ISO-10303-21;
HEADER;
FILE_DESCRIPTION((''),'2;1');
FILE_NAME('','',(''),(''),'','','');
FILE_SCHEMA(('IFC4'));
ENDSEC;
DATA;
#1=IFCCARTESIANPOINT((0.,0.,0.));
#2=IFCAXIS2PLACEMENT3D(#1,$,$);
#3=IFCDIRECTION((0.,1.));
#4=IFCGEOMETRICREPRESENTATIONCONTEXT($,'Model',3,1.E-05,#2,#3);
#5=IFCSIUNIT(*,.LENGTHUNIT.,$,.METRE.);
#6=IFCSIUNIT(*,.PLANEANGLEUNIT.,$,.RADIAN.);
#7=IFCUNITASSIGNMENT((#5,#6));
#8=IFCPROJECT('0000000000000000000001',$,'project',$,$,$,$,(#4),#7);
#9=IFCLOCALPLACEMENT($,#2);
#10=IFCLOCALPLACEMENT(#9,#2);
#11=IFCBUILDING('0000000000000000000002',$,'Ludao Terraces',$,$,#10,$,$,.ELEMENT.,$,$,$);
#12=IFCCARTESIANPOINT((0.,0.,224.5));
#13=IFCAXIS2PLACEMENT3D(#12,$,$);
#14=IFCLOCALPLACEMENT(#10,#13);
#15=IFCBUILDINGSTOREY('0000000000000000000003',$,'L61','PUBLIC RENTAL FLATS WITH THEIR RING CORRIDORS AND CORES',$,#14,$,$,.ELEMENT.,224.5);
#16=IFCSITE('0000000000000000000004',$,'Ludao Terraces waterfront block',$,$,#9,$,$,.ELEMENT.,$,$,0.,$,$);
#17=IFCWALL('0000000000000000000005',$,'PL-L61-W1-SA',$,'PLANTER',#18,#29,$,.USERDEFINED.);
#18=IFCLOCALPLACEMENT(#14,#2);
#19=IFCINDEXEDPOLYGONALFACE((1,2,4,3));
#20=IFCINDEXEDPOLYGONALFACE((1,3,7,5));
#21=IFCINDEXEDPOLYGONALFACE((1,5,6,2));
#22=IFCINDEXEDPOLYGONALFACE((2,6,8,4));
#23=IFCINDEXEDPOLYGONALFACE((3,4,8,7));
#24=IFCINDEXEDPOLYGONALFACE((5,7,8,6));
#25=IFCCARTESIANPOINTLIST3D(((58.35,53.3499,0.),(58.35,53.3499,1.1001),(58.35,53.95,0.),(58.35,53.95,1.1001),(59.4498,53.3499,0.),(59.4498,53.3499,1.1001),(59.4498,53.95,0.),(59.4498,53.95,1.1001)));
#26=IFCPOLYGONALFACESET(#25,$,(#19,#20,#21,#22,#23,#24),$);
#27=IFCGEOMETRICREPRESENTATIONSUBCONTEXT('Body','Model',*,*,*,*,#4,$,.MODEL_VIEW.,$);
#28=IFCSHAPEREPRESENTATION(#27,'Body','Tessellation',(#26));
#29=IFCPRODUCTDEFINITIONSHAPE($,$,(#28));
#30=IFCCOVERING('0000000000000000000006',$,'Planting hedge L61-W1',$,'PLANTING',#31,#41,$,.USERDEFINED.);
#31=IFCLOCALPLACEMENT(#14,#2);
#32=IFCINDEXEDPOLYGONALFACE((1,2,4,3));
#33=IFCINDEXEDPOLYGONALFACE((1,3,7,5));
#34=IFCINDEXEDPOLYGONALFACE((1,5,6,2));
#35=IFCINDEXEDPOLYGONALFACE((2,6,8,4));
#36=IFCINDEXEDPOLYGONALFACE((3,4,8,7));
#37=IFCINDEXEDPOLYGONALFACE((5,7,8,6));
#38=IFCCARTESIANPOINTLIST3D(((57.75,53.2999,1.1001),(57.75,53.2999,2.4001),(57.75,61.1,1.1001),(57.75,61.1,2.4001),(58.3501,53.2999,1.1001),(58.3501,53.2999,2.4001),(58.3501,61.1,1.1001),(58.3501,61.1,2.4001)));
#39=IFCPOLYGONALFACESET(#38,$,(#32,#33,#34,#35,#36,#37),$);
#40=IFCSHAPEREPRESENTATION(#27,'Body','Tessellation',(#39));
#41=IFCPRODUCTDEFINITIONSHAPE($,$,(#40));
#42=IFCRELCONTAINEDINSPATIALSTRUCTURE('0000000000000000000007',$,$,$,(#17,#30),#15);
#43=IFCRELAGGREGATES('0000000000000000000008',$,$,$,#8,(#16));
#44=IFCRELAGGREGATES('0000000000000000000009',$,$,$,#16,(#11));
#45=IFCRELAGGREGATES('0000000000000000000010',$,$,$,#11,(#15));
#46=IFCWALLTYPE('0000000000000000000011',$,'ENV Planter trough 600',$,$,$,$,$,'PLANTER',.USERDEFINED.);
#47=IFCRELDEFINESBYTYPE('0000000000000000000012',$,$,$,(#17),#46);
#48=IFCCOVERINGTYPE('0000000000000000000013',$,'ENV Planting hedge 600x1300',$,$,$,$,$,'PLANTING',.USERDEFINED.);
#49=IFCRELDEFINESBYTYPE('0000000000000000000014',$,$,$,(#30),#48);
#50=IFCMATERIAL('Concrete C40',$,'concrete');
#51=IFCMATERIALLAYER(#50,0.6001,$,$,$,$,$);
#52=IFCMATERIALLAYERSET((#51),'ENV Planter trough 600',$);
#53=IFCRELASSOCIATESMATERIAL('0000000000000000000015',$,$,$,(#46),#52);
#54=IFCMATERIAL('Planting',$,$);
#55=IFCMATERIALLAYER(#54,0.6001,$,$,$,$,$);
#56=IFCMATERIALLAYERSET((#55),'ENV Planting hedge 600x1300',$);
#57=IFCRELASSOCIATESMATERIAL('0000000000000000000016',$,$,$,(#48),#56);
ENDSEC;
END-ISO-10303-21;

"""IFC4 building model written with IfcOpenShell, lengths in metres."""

from ifc_helpers import new_model, si_unit, direction, frame, frame_2d, origin, origin_2d, place, context, subcontext, project, spatial, rectangle, extrude, material, layer, layer_set, type_object, element, save


model = new_model("IFC4")

# Units and contexts
model_context = context("Model", 3, precision=1e-05, world=origin(), true_north=direction((0.0, 1.0)))
body_context = subcontext(model_context, "Body", "Model", "MODEL_VIEW")
ifc_project = project(units=[si_unit("LENGTHUNIT", "METRE"), si_unit("PLANEANGLEUNIT", "RADIAN")], contexts=[model_context])

# Site, building, storey
site_placement = place(None, origin())
site = spatial("IfcSite", under=ifc_project, at=site_placement, Name="Ludao Terraces waterfront block", CompositionType="ELEMENT", RefElevation=0.0)
building_placement = place(site_placement, origin())
building = spatial("IfcBuilding", under=site, at=building_placement, Name="Ludao Terraces", CompositionType="ELEMENT")
storey_placement = place(building_placement, frame((0.0, 0.0, 224.5)))
storey = spatial("IfcBuildingStorey", under=building, at=storey_placement, Name="L61", Description="PUBLIC RENTAL FLATS WITH THEIR RING CORRIDORS AND CORES", CompositionType="ELEMENT", Elevation=224.5)

# Shared definitions
ifc_material_1 = material(Name="Concrete C40", Category="concrete")

# Wall
ifc_layer_1 = layer(ifc_material_1, 0.6001)
ifc_layer_set_1 = layer_set([ifc_layer_1], Name="ENV Planter trough 600")
wall_type = type_object("IfcWallType", Name="ENV Planter trough 600", ElementType="PLANTER", PredefinedType="USERDEFINED", material=ifc_layer_set_1)
wall_1_placement = place(storey_placement, frame((58.3501, 53.6499, 0.0), z_axis=(0.0, 0.0, 1.0), x_axis=(1.0, 0.0, 0.0)))
element("IfcWall", 1, at=wall_1_placement, inside=storey, type_object=wall_type, Name="PL-L61-W1-SA", ObjectType="PLANTER", PredefinedType="USERDEFINED", context=body_context, shape_type="SweptSolid", body=[
    extrude(rectangle(XDim=1.0999, YDim=0.6001, at=frame_2d((0.5498, 0.0))), origin(), (0.0, 0.0, 1.0), 1.1001),
])

# Covering
ifc_material_2 = material(Name="Planting")
ifc_layer_2 = layer(ifc_material_2, 0.6001)
ifc_layer_set_2 = layer_set([ifc_layer_2], Name="ENV Planting hedge 600x1300")
covering_type = type_object("IfcCoveringType", Name="ENV Planting hedge 600x1300", ElementType="PLANTING", PredefinedType="USERDEFINED", material=ifc_layer_set_2)
covering_placement = place(storey_placement, frame((58.05, 57.2, 1.1001), z_axis=(0.0, 0.0, 1.0), x_axis=(1.0, 0.0, 0.0)))
element("IfcCovering", 2, at=covering_placement, inside=storey, type_object=covering_type, Name="Planting hedge L61-W1", ObjectType="PLANTING", PredefinedType="USERDEFINED", context=body_context, shape_type="SweptSolid", body=[
    extrude(rectangle(XDim=0.6001, YDim=7.8, at=origin_2d()), origin(), (0.0, 0.0, 1.0), 1.3),
])

save(model, "model.ifc")
